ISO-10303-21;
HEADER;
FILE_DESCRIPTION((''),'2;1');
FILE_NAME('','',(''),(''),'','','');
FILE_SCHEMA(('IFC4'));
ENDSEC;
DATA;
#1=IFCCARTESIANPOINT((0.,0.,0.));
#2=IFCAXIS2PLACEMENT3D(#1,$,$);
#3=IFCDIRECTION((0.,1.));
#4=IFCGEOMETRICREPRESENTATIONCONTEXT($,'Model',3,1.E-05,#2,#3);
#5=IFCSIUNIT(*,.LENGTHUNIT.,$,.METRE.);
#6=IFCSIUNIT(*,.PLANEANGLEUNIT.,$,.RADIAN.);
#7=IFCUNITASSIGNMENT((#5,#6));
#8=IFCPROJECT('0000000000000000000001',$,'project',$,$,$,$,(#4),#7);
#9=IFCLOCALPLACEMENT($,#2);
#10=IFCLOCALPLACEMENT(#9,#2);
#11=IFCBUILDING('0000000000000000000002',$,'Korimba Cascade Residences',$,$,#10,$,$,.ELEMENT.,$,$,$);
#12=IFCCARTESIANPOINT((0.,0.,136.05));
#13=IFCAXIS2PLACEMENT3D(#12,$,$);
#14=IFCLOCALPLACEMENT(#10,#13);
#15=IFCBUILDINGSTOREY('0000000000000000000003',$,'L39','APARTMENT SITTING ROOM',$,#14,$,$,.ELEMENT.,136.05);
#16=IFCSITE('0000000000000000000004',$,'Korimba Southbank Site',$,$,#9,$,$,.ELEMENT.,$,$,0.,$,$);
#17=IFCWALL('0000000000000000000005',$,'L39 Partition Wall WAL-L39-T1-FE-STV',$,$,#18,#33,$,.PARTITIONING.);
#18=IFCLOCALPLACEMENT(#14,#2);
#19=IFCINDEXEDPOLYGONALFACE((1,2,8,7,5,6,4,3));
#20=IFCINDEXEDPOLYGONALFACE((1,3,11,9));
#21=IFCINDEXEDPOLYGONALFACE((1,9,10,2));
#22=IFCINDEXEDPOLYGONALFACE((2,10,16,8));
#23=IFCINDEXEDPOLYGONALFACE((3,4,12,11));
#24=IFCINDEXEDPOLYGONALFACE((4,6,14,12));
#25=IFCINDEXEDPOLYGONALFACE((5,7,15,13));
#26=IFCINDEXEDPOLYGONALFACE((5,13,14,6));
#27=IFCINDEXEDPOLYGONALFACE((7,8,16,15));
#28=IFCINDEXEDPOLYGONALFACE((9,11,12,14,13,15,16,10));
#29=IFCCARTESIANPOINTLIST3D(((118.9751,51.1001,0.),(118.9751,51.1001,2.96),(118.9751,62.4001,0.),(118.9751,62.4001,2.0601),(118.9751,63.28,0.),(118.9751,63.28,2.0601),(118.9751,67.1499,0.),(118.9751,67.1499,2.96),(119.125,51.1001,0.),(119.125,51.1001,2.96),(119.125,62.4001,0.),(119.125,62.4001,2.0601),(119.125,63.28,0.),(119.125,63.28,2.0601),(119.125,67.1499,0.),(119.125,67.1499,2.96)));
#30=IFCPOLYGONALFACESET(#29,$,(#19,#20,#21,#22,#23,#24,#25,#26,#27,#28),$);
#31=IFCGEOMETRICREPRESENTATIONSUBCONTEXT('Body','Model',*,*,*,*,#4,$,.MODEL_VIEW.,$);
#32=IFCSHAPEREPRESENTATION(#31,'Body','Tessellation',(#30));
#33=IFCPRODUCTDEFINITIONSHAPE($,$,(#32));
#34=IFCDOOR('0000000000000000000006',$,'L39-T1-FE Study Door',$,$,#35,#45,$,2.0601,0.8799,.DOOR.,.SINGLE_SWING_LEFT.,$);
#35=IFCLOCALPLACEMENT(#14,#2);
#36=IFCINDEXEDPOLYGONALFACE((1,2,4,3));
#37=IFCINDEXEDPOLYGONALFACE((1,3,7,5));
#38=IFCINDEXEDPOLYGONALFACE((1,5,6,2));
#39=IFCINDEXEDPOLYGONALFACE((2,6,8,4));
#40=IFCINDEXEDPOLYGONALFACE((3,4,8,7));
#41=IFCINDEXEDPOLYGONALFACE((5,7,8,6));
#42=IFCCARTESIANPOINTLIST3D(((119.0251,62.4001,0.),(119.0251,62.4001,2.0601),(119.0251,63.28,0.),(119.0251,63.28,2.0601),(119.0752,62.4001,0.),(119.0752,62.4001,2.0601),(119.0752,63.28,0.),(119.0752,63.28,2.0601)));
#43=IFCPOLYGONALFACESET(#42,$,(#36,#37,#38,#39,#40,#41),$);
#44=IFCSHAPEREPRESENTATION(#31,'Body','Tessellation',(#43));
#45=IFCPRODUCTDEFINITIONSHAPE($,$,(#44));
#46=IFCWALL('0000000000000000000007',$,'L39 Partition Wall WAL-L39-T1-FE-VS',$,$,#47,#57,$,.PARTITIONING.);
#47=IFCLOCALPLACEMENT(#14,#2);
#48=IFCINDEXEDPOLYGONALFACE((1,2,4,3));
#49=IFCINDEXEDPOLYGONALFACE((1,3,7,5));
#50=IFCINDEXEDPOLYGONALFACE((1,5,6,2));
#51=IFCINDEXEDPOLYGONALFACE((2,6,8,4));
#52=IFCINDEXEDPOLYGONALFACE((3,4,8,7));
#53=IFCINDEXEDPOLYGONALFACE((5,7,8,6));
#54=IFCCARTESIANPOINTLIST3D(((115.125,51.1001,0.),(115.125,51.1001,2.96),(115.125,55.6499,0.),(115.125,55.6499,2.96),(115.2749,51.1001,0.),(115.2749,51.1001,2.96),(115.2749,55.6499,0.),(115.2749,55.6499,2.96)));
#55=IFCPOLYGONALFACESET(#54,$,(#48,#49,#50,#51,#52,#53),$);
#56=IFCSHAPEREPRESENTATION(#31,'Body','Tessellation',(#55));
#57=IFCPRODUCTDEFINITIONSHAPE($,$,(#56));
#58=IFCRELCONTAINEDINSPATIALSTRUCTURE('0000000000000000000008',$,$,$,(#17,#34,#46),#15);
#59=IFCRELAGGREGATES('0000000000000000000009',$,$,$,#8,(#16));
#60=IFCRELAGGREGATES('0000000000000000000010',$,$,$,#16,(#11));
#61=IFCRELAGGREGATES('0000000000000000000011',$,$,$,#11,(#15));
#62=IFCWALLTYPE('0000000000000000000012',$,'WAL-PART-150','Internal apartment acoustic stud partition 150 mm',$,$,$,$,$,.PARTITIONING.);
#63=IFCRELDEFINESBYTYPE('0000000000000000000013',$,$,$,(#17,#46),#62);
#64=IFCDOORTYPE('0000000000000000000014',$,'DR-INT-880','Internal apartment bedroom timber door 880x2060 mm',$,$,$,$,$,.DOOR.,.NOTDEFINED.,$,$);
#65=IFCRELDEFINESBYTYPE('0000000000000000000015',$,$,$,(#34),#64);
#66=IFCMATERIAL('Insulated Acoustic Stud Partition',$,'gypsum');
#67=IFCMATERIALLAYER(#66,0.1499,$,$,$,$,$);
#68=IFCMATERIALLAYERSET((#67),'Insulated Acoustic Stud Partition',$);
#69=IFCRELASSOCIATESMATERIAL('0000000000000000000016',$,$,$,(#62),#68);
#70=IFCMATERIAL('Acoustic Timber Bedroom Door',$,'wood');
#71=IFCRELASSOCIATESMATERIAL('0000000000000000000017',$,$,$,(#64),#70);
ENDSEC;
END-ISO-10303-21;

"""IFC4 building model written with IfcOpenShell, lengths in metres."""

from ifc_helpers import new_model, si_unit, direction, frame, frame_2d, origin, place, context, subcontext, project, spatial, rectangle, extrude, material, layer, layer_set, type_object, element, fill, save


model = new_model("IFC4")

# Units and contexts
model_context = context("Model", 3, precision=1e-05, world=origin(), true_north=direction((0.0, 1.0)))
body_context = subcontext(model_context, "Body", "Model", "MODEL_VIEW")
ifc_project = project(units=[si_unit("LENGTHUNIT", "METRE"), si_unit("PLANEANGLEUNIT", "RADIAN")], contexts=[model_context])

# Site, building, storey
site_placement = place(None, origin())
site = spatial("IfcSite", under=ifc_project, at=site_placement, Name="Korimba Southbank Site", CompositionType="ELEMENT", RefElevation=0.0)
building_placement = place(site_placement, origin())
building = spatial("IfcBuilding", under=site, at=building_placement, Name="Korimba Cascade Residences", CompositionType="ELEMENT")
storey_placement = place(building_placement, frame((0.0, 0.0, 136.05)))
storey = spatial("IfcBuildingStorey", under=building, at=storey_placement, Name="L39", Description="APARTMENT SITTING ROOM", CompositionType="ELEMENT", Elevation=136.05)

# Wall, opening, door
ifc_material_1 = material(Name="Insulated Acoustic Stud Partition", Category="gypsum")
ifc_layer_1 = layer(ifc_material_1, 0.1499)
ifc_layer_set_1 = layer_set([ifc_layer_1], Name="Insulated Acoustic Stud Partition")
wall_type_1 = type_object("IfcWallType", Name="WAL-PART-150", Description="Internal apartment acoustic stud partition 150 mm", PredefinedType="PARTITIONING", material=ifc_layer_set_1)
wall_1_placement = place(storey_placement, frame((119.05, 51.1001, 0.0), z_axis=(0.0, 0.0, 1.0), x_axis=(0.0, 1.0, 0.0)))
wall_1 = element("IfcWall", 1, at=wall_1_placement, inside=storey, type_object=wall_type_1, Name="L39 Partition Wall WAL-L39-T1-FE-STV", PredefinedType="PARTITIONING", context=body_context, shape_type="SweptSolid", body=[
    extrude(rectangle(XDim=16.0498, YDim=0.1499, at=frame_2d((8.0249, 0.0))), origin(), (0.0, 0.0, 1.0), 2.96),
])
opening_1_placement = place(wall_1_placement, frame((11.3, 0.0, 0.0)))
opening_1 = element("IfcOpeningElement", 2, at=opening_1_placement, cuts=wall_1, PredefinedType="OPENING", context=body_context, shape_type="SweptSolid", body=[
    extrude(rectangle(XDim=0.8799, YDim=2.0601, at=frame_2d((0.4399, 1.03))), frame((0.0, 0.085, 0.0), z_axis=(0.0, -1.0, 0.0), x_axis=(1.0, 0.0, 0.0)), (0.0, 0.0, 1.0), 0.1699),
])
ifc_material_2 = material(Name="Acoustic Timber Bedroom Door", Category="wood")
door_type = type_object("IfcDoorType", Name="DR-INT-880", Description="Internal apartment bedroom timber door 880x2060 mm", OperationType="NOTDEFINED", PredefinedType="DOOR", material=ifc_material_2)
door_placement = place(opening_1_placement, origin())
door = element("IfcDoor", 3, at=door_placement, inside=storey, type_object=door_type, Name="L39-T1-FE Study Door", OperationType="SINGLE_SWING_LEFT", OverallHeight=2.0601, OverallWidth=0.8799, PredefinedType="DOOR", context=body_context, shape_type="SweptSolid", body=[
    extrude(rectangle(XDim=0.8799, YDim=2.0601, at=frame_2d((0.4399, 1.03))), frame((0.0, 0.0249, 0.0), z_axis=(0.0, -1.0, 0.0), x_axis=(1.0, 0.0, 0.0)), (0.0, 0.0, 1.0), 0.05),
])
fill(opening_1, door)

# Wall
wall_2_placement = place(storey_placement, frame((115.2, 51.1001, 0.0), z_axis=(0.0, 0.0, 1.0), x_axis=(0.0, 1.0, 0.0)))
element("IfcWall", 4, at=wall_2_placement, inside=storey, type_object=wall_type_1, Name="L39 Partition Wall WAL-L39-T1-FE-VS", PredefinedType="PARTITIONING", context=body_context, shape_type="SweptSolid", body=[
    extrude(rectangle(XDim=4.5498, YDim=0.1499, at=frame_2d((2.2749, 0.0))), origin(), (0.0, 0.0, 1.0), 2.96),
])

save(model, "model.ifc")
